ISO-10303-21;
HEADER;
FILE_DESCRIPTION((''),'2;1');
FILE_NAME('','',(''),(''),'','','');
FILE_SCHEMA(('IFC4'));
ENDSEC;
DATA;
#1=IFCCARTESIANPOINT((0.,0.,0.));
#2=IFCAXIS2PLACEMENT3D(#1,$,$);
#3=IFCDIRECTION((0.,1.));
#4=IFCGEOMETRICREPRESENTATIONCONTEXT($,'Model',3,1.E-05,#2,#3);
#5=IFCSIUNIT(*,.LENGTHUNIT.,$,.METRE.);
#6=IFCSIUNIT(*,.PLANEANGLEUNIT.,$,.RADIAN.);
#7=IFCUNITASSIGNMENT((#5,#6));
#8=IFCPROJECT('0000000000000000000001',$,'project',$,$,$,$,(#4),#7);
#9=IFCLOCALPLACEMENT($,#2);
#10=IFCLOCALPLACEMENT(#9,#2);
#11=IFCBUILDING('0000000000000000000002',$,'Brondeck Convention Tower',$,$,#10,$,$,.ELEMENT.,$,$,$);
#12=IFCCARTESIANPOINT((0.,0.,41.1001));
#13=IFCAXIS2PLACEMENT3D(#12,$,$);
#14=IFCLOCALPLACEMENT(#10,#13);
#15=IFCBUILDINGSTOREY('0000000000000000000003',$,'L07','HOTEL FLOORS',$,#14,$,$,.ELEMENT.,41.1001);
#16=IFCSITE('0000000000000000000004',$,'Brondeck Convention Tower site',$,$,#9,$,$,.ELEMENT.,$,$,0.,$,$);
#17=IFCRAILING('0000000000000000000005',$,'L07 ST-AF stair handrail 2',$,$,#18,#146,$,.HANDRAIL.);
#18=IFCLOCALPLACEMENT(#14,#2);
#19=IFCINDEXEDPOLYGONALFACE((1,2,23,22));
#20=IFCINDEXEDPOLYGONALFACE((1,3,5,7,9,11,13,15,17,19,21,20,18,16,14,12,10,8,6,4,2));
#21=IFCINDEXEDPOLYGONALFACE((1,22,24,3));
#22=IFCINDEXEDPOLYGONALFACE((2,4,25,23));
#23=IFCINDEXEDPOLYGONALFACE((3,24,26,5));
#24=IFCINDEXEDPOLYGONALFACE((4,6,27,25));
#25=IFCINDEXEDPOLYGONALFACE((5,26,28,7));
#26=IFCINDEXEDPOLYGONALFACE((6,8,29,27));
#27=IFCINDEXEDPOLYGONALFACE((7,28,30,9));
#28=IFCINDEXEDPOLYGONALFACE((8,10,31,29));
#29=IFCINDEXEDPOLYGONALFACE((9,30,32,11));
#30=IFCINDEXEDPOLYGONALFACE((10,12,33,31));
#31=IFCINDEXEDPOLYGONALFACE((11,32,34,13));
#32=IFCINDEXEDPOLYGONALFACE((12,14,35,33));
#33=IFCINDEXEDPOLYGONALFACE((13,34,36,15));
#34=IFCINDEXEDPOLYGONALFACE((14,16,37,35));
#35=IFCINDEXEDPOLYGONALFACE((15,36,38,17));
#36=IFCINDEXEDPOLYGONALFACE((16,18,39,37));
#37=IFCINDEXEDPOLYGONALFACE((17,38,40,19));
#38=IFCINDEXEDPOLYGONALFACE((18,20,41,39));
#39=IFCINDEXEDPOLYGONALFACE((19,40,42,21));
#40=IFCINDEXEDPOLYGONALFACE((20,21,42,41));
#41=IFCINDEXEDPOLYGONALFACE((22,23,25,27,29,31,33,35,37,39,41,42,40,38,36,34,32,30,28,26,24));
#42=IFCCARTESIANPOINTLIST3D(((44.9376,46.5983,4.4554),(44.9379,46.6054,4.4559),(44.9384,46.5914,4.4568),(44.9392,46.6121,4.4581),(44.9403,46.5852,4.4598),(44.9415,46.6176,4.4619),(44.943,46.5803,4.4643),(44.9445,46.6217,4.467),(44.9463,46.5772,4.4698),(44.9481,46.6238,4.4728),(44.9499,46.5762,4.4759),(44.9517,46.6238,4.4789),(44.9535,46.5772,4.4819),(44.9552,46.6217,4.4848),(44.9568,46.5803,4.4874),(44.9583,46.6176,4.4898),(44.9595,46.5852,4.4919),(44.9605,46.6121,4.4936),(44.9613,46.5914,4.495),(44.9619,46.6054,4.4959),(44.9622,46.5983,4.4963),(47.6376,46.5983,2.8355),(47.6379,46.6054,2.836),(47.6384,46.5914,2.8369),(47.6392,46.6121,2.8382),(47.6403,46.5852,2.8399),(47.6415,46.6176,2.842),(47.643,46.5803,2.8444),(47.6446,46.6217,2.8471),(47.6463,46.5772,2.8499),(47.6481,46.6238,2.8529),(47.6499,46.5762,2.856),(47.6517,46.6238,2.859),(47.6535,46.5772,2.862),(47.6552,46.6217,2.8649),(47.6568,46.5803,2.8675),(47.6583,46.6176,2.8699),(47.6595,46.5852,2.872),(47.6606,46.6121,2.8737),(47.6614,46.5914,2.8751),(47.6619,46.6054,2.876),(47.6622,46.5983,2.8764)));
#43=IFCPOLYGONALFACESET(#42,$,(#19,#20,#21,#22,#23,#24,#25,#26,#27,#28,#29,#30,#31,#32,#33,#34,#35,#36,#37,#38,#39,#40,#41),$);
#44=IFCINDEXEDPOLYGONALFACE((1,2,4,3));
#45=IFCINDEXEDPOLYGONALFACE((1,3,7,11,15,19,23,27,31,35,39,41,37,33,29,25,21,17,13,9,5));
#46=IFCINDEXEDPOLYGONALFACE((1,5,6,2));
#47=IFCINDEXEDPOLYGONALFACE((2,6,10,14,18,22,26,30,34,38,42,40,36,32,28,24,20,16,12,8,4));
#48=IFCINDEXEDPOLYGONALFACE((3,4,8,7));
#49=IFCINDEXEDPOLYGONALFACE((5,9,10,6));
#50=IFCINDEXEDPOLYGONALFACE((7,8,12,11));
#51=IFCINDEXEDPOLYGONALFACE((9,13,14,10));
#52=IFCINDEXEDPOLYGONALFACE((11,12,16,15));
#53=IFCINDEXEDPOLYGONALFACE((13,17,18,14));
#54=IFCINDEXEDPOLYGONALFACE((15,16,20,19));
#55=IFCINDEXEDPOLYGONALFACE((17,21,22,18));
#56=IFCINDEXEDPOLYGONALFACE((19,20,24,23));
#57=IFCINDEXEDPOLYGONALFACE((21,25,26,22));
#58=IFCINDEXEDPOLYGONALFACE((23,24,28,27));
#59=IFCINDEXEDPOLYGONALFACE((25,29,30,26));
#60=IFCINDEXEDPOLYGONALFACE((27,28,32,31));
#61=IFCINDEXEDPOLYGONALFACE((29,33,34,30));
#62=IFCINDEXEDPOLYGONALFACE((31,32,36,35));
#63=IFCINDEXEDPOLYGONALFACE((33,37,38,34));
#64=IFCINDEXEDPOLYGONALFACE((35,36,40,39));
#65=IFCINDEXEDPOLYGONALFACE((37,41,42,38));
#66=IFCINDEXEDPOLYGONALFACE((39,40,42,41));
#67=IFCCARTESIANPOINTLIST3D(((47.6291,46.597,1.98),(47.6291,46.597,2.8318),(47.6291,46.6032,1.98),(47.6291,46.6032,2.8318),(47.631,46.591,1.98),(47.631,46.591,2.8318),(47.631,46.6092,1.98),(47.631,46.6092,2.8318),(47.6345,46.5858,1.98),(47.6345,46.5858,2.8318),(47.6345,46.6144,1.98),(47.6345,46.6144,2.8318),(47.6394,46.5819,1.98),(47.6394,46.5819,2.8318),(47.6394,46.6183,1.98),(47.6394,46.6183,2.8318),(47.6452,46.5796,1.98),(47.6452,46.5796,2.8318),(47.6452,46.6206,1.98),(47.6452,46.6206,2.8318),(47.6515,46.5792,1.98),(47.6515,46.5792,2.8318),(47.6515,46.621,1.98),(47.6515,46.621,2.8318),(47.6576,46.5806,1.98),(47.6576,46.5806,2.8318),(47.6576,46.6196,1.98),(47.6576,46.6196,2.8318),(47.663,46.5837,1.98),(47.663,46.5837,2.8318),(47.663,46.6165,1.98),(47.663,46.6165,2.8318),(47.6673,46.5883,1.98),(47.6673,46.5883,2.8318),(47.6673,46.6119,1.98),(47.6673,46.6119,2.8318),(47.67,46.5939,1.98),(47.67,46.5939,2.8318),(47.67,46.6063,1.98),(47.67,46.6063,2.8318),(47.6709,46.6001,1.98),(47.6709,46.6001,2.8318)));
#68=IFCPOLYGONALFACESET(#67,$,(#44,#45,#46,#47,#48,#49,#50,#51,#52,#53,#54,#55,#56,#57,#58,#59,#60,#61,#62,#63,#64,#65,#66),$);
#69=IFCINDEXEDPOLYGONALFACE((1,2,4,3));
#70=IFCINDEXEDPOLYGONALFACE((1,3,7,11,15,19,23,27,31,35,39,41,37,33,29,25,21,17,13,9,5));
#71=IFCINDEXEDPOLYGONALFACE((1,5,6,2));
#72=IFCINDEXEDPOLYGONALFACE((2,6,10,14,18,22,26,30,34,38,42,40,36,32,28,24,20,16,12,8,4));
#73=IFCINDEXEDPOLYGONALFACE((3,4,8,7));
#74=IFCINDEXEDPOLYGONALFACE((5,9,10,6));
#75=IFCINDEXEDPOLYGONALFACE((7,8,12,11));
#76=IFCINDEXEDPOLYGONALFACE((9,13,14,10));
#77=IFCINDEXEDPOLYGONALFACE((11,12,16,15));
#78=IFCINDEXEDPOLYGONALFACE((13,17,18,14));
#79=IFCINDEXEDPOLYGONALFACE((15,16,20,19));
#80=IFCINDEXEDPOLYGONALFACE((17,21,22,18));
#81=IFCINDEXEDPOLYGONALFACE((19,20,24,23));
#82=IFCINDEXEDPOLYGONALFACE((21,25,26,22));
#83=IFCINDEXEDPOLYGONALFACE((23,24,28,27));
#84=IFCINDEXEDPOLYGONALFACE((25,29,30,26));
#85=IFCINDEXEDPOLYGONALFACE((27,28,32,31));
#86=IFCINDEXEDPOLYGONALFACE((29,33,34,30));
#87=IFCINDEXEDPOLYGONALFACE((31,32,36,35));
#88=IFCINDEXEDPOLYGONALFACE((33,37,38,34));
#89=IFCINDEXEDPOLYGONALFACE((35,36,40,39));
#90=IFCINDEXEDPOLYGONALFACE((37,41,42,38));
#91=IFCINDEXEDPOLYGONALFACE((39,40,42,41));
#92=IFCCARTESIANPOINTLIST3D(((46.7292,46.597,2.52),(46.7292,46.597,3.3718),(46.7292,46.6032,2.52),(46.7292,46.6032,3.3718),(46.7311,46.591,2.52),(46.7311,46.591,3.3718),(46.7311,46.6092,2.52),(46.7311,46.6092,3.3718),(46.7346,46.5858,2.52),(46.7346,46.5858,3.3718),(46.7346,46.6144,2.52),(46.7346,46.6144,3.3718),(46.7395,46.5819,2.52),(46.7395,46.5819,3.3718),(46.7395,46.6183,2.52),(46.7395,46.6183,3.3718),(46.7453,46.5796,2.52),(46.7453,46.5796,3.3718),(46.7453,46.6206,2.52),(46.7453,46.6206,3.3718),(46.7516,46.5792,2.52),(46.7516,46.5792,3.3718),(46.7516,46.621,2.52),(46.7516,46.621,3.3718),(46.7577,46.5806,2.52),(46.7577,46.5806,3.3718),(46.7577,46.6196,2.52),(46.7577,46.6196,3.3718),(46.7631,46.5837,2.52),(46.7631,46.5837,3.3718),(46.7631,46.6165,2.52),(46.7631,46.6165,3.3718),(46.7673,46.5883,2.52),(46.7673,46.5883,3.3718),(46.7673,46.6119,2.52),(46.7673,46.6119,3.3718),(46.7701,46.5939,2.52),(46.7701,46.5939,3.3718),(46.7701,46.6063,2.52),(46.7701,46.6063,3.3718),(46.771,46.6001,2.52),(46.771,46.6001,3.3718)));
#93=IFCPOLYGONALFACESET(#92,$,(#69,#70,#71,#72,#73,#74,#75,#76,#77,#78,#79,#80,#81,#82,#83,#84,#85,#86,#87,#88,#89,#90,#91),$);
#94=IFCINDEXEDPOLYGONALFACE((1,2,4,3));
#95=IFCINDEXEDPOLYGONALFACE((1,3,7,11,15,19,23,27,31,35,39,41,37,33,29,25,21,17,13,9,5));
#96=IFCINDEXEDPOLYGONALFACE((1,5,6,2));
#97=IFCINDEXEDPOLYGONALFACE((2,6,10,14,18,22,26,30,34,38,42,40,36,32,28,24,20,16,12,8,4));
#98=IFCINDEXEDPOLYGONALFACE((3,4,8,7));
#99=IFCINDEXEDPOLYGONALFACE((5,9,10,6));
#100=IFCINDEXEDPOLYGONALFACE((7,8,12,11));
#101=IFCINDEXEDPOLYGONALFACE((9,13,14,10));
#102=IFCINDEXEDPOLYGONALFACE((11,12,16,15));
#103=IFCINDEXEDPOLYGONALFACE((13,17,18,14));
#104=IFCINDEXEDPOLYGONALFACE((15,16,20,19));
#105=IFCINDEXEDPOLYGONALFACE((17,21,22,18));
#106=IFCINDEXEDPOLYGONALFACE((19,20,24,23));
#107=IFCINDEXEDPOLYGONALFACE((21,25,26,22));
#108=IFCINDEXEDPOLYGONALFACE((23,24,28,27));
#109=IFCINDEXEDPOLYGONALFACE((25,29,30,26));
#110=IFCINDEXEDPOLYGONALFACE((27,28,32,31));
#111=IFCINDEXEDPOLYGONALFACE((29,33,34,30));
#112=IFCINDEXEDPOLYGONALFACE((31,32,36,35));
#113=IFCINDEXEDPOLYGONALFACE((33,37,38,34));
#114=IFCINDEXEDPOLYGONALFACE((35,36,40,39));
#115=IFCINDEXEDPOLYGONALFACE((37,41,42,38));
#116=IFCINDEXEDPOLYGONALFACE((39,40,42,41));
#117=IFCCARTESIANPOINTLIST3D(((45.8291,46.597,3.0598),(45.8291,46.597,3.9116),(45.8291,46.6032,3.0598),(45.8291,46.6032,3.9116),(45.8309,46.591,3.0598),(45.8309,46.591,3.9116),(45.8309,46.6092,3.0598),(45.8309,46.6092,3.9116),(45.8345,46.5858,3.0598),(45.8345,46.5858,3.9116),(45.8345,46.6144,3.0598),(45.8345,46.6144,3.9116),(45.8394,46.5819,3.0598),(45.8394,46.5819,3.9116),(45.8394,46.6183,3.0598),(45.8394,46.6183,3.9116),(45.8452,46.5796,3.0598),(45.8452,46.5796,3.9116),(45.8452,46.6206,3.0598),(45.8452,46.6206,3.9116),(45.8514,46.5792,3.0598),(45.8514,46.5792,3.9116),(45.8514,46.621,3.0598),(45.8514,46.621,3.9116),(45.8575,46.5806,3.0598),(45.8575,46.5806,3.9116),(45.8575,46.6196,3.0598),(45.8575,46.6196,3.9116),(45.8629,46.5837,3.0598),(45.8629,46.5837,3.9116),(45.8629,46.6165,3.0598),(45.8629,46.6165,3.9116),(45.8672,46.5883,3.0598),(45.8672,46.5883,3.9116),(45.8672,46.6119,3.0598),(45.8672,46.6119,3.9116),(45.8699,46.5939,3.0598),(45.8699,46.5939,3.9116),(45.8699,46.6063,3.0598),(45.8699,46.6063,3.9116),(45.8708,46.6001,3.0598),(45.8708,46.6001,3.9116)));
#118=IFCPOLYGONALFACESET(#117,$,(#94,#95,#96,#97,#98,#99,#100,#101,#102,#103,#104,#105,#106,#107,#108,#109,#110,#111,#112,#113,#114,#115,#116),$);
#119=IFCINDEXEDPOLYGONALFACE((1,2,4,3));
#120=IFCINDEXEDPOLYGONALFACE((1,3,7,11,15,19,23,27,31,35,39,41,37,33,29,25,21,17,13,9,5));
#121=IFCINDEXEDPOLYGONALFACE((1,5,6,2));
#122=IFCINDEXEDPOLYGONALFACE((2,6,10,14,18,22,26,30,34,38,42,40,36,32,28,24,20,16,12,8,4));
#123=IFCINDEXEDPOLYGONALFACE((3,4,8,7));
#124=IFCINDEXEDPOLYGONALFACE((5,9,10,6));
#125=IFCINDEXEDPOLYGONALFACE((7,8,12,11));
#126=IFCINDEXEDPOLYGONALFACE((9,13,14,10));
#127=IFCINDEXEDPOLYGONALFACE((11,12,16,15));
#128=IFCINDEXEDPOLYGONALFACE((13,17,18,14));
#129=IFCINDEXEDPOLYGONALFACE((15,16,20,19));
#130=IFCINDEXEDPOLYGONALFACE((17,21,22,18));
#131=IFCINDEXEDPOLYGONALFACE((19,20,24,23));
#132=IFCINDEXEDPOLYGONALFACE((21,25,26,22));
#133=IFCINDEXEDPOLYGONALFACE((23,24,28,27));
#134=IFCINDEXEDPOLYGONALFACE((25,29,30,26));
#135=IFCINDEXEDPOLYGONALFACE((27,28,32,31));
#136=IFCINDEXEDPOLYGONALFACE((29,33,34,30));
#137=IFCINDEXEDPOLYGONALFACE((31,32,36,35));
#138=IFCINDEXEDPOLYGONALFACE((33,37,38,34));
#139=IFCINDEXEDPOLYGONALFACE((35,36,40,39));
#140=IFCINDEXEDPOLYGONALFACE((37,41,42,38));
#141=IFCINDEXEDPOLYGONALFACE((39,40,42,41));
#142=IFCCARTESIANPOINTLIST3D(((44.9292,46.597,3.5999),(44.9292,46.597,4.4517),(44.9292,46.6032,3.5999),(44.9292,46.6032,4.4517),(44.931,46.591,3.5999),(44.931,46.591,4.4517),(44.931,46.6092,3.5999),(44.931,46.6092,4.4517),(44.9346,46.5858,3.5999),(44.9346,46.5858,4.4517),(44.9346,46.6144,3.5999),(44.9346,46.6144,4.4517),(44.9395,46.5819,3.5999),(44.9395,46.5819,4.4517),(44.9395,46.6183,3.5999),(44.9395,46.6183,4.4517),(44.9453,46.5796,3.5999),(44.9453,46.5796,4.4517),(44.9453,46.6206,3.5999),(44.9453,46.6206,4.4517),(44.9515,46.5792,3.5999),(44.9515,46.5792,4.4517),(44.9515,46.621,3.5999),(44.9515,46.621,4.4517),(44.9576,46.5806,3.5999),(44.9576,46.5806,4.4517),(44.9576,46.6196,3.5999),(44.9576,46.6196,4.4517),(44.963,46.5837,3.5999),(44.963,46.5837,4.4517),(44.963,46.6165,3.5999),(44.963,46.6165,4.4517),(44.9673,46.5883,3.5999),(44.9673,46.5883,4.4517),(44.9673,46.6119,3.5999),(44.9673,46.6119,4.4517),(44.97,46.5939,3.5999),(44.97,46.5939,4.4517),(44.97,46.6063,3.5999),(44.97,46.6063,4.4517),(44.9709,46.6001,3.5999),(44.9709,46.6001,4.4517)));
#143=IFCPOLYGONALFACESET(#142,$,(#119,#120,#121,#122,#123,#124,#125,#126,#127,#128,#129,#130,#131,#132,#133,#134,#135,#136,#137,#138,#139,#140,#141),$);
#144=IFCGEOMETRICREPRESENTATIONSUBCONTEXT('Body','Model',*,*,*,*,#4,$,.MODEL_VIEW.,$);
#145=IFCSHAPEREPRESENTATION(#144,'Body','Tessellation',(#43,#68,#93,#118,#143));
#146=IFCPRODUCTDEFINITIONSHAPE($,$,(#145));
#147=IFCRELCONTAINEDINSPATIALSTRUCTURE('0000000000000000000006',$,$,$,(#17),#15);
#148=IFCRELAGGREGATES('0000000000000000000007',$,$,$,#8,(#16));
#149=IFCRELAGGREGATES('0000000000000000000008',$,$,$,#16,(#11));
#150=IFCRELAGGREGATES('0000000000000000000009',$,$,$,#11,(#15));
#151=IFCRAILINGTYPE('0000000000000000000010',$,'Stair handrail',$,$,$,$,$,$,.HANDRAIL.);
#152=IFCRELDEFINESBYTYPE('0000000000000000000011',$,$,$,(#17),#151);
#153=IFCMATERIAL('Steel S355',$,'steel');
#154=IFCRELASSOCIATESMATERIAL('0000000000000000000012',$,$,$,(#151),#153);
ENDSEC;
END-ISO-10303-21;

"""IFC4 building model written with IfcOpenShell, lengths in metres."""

from ifc_helpers import new_model, si_unit, direction, frame, origin, origin_2d, place, context, subcontext, project, spatial, circle, extrude, material, type_object, element, save


model = new_model("IFC4")

# Units and contexts
model_context = context("Model", 3, precision=1e-05, world=origin(), true_north=direction((0.0, 1.0)))
body_context = subcontext(model_context, "Body", "Model", "MODEL_VIEW")
ifc_project = project(units=[si_unit("LENGTHUNIT", "METRE"), si_unit("PLANEANGLEUNIT", "RADIAN")], contexts=[model_context])

# Site, building, storey
site_placement = place(None, origin())
site = spatial("IfcSite", under=ifc_project, at=site_placement, Name="Brondeck Convention Tower site", CompositionType="ELEMENT", RefElevation=0.0)
building_placement = place(site_placement, origin())
building = spatial("IfcBuilding", under=site, at=building_placement, Name="Brondeck Convention Tower", CompositionType="ELEMENT")
storey_placement = place(building_placement, frame((0.0, 0.0, 41.1001)))
storey = spatial("IfcBuildingStorey", under=building, at=storey_placement, Name="L07", Description="HOTEL FLOORS", CompositionType="ELEMENT", Elevation=41.1001)

# Shared definitions
ifc_material_1 = material(Name="Steel S355", Category="steel")

# Railing
railing_type_1 = type_object("IfcRailingType", Name="Stair handrail", PredefinedType="HANDRAIL", material=ifc_material_1)
railing_1_placement = place(storey_placement, frame((47.6499, 46.6001, 1.98)))
element("IfcRailing", 1, at=railing_1_placement, inside=storey, type_object=railing_type_1, Name="L07 ST-AF stair handrail 2", PredefinedType="HANDRAIL", context=body_context, shape_type="SweptSolid", body=[
    extrude(circle(Radius=0.0239, at=origin_2d()), frame((0.0, 0.0, 0.876), z_axis=(-0.857507, 0.0, 0.514473), x_axis=(0.0, -1.0, 0.0)), (0.0, 0.0, 1.0), 3.1487),
    extrude(circle(Radius=0.021, at=origin_2d()), origin(), (0.0, 0.0, 1.0), 0.8518),
    extrude(circle(Radius=0.021, at=origin_2d()), frame((-0.8999, 0.0, 0.54)), (0.0, 0.0, 1.0), 0.8518),
    extrude(circle(Radius=0.021, at=origin_2d()), frame((-1.8, 0.0, 1.0798)), (0.0, 0.0, 1.0), 0.8518),
    extrude(circle(Radius=0.021, at=origin_2d()), frame((-2.7, 0.0, 1.6199)), (0.0, 0.0, 1.0), 0.8518),
])

save(model, "model.ifc")
